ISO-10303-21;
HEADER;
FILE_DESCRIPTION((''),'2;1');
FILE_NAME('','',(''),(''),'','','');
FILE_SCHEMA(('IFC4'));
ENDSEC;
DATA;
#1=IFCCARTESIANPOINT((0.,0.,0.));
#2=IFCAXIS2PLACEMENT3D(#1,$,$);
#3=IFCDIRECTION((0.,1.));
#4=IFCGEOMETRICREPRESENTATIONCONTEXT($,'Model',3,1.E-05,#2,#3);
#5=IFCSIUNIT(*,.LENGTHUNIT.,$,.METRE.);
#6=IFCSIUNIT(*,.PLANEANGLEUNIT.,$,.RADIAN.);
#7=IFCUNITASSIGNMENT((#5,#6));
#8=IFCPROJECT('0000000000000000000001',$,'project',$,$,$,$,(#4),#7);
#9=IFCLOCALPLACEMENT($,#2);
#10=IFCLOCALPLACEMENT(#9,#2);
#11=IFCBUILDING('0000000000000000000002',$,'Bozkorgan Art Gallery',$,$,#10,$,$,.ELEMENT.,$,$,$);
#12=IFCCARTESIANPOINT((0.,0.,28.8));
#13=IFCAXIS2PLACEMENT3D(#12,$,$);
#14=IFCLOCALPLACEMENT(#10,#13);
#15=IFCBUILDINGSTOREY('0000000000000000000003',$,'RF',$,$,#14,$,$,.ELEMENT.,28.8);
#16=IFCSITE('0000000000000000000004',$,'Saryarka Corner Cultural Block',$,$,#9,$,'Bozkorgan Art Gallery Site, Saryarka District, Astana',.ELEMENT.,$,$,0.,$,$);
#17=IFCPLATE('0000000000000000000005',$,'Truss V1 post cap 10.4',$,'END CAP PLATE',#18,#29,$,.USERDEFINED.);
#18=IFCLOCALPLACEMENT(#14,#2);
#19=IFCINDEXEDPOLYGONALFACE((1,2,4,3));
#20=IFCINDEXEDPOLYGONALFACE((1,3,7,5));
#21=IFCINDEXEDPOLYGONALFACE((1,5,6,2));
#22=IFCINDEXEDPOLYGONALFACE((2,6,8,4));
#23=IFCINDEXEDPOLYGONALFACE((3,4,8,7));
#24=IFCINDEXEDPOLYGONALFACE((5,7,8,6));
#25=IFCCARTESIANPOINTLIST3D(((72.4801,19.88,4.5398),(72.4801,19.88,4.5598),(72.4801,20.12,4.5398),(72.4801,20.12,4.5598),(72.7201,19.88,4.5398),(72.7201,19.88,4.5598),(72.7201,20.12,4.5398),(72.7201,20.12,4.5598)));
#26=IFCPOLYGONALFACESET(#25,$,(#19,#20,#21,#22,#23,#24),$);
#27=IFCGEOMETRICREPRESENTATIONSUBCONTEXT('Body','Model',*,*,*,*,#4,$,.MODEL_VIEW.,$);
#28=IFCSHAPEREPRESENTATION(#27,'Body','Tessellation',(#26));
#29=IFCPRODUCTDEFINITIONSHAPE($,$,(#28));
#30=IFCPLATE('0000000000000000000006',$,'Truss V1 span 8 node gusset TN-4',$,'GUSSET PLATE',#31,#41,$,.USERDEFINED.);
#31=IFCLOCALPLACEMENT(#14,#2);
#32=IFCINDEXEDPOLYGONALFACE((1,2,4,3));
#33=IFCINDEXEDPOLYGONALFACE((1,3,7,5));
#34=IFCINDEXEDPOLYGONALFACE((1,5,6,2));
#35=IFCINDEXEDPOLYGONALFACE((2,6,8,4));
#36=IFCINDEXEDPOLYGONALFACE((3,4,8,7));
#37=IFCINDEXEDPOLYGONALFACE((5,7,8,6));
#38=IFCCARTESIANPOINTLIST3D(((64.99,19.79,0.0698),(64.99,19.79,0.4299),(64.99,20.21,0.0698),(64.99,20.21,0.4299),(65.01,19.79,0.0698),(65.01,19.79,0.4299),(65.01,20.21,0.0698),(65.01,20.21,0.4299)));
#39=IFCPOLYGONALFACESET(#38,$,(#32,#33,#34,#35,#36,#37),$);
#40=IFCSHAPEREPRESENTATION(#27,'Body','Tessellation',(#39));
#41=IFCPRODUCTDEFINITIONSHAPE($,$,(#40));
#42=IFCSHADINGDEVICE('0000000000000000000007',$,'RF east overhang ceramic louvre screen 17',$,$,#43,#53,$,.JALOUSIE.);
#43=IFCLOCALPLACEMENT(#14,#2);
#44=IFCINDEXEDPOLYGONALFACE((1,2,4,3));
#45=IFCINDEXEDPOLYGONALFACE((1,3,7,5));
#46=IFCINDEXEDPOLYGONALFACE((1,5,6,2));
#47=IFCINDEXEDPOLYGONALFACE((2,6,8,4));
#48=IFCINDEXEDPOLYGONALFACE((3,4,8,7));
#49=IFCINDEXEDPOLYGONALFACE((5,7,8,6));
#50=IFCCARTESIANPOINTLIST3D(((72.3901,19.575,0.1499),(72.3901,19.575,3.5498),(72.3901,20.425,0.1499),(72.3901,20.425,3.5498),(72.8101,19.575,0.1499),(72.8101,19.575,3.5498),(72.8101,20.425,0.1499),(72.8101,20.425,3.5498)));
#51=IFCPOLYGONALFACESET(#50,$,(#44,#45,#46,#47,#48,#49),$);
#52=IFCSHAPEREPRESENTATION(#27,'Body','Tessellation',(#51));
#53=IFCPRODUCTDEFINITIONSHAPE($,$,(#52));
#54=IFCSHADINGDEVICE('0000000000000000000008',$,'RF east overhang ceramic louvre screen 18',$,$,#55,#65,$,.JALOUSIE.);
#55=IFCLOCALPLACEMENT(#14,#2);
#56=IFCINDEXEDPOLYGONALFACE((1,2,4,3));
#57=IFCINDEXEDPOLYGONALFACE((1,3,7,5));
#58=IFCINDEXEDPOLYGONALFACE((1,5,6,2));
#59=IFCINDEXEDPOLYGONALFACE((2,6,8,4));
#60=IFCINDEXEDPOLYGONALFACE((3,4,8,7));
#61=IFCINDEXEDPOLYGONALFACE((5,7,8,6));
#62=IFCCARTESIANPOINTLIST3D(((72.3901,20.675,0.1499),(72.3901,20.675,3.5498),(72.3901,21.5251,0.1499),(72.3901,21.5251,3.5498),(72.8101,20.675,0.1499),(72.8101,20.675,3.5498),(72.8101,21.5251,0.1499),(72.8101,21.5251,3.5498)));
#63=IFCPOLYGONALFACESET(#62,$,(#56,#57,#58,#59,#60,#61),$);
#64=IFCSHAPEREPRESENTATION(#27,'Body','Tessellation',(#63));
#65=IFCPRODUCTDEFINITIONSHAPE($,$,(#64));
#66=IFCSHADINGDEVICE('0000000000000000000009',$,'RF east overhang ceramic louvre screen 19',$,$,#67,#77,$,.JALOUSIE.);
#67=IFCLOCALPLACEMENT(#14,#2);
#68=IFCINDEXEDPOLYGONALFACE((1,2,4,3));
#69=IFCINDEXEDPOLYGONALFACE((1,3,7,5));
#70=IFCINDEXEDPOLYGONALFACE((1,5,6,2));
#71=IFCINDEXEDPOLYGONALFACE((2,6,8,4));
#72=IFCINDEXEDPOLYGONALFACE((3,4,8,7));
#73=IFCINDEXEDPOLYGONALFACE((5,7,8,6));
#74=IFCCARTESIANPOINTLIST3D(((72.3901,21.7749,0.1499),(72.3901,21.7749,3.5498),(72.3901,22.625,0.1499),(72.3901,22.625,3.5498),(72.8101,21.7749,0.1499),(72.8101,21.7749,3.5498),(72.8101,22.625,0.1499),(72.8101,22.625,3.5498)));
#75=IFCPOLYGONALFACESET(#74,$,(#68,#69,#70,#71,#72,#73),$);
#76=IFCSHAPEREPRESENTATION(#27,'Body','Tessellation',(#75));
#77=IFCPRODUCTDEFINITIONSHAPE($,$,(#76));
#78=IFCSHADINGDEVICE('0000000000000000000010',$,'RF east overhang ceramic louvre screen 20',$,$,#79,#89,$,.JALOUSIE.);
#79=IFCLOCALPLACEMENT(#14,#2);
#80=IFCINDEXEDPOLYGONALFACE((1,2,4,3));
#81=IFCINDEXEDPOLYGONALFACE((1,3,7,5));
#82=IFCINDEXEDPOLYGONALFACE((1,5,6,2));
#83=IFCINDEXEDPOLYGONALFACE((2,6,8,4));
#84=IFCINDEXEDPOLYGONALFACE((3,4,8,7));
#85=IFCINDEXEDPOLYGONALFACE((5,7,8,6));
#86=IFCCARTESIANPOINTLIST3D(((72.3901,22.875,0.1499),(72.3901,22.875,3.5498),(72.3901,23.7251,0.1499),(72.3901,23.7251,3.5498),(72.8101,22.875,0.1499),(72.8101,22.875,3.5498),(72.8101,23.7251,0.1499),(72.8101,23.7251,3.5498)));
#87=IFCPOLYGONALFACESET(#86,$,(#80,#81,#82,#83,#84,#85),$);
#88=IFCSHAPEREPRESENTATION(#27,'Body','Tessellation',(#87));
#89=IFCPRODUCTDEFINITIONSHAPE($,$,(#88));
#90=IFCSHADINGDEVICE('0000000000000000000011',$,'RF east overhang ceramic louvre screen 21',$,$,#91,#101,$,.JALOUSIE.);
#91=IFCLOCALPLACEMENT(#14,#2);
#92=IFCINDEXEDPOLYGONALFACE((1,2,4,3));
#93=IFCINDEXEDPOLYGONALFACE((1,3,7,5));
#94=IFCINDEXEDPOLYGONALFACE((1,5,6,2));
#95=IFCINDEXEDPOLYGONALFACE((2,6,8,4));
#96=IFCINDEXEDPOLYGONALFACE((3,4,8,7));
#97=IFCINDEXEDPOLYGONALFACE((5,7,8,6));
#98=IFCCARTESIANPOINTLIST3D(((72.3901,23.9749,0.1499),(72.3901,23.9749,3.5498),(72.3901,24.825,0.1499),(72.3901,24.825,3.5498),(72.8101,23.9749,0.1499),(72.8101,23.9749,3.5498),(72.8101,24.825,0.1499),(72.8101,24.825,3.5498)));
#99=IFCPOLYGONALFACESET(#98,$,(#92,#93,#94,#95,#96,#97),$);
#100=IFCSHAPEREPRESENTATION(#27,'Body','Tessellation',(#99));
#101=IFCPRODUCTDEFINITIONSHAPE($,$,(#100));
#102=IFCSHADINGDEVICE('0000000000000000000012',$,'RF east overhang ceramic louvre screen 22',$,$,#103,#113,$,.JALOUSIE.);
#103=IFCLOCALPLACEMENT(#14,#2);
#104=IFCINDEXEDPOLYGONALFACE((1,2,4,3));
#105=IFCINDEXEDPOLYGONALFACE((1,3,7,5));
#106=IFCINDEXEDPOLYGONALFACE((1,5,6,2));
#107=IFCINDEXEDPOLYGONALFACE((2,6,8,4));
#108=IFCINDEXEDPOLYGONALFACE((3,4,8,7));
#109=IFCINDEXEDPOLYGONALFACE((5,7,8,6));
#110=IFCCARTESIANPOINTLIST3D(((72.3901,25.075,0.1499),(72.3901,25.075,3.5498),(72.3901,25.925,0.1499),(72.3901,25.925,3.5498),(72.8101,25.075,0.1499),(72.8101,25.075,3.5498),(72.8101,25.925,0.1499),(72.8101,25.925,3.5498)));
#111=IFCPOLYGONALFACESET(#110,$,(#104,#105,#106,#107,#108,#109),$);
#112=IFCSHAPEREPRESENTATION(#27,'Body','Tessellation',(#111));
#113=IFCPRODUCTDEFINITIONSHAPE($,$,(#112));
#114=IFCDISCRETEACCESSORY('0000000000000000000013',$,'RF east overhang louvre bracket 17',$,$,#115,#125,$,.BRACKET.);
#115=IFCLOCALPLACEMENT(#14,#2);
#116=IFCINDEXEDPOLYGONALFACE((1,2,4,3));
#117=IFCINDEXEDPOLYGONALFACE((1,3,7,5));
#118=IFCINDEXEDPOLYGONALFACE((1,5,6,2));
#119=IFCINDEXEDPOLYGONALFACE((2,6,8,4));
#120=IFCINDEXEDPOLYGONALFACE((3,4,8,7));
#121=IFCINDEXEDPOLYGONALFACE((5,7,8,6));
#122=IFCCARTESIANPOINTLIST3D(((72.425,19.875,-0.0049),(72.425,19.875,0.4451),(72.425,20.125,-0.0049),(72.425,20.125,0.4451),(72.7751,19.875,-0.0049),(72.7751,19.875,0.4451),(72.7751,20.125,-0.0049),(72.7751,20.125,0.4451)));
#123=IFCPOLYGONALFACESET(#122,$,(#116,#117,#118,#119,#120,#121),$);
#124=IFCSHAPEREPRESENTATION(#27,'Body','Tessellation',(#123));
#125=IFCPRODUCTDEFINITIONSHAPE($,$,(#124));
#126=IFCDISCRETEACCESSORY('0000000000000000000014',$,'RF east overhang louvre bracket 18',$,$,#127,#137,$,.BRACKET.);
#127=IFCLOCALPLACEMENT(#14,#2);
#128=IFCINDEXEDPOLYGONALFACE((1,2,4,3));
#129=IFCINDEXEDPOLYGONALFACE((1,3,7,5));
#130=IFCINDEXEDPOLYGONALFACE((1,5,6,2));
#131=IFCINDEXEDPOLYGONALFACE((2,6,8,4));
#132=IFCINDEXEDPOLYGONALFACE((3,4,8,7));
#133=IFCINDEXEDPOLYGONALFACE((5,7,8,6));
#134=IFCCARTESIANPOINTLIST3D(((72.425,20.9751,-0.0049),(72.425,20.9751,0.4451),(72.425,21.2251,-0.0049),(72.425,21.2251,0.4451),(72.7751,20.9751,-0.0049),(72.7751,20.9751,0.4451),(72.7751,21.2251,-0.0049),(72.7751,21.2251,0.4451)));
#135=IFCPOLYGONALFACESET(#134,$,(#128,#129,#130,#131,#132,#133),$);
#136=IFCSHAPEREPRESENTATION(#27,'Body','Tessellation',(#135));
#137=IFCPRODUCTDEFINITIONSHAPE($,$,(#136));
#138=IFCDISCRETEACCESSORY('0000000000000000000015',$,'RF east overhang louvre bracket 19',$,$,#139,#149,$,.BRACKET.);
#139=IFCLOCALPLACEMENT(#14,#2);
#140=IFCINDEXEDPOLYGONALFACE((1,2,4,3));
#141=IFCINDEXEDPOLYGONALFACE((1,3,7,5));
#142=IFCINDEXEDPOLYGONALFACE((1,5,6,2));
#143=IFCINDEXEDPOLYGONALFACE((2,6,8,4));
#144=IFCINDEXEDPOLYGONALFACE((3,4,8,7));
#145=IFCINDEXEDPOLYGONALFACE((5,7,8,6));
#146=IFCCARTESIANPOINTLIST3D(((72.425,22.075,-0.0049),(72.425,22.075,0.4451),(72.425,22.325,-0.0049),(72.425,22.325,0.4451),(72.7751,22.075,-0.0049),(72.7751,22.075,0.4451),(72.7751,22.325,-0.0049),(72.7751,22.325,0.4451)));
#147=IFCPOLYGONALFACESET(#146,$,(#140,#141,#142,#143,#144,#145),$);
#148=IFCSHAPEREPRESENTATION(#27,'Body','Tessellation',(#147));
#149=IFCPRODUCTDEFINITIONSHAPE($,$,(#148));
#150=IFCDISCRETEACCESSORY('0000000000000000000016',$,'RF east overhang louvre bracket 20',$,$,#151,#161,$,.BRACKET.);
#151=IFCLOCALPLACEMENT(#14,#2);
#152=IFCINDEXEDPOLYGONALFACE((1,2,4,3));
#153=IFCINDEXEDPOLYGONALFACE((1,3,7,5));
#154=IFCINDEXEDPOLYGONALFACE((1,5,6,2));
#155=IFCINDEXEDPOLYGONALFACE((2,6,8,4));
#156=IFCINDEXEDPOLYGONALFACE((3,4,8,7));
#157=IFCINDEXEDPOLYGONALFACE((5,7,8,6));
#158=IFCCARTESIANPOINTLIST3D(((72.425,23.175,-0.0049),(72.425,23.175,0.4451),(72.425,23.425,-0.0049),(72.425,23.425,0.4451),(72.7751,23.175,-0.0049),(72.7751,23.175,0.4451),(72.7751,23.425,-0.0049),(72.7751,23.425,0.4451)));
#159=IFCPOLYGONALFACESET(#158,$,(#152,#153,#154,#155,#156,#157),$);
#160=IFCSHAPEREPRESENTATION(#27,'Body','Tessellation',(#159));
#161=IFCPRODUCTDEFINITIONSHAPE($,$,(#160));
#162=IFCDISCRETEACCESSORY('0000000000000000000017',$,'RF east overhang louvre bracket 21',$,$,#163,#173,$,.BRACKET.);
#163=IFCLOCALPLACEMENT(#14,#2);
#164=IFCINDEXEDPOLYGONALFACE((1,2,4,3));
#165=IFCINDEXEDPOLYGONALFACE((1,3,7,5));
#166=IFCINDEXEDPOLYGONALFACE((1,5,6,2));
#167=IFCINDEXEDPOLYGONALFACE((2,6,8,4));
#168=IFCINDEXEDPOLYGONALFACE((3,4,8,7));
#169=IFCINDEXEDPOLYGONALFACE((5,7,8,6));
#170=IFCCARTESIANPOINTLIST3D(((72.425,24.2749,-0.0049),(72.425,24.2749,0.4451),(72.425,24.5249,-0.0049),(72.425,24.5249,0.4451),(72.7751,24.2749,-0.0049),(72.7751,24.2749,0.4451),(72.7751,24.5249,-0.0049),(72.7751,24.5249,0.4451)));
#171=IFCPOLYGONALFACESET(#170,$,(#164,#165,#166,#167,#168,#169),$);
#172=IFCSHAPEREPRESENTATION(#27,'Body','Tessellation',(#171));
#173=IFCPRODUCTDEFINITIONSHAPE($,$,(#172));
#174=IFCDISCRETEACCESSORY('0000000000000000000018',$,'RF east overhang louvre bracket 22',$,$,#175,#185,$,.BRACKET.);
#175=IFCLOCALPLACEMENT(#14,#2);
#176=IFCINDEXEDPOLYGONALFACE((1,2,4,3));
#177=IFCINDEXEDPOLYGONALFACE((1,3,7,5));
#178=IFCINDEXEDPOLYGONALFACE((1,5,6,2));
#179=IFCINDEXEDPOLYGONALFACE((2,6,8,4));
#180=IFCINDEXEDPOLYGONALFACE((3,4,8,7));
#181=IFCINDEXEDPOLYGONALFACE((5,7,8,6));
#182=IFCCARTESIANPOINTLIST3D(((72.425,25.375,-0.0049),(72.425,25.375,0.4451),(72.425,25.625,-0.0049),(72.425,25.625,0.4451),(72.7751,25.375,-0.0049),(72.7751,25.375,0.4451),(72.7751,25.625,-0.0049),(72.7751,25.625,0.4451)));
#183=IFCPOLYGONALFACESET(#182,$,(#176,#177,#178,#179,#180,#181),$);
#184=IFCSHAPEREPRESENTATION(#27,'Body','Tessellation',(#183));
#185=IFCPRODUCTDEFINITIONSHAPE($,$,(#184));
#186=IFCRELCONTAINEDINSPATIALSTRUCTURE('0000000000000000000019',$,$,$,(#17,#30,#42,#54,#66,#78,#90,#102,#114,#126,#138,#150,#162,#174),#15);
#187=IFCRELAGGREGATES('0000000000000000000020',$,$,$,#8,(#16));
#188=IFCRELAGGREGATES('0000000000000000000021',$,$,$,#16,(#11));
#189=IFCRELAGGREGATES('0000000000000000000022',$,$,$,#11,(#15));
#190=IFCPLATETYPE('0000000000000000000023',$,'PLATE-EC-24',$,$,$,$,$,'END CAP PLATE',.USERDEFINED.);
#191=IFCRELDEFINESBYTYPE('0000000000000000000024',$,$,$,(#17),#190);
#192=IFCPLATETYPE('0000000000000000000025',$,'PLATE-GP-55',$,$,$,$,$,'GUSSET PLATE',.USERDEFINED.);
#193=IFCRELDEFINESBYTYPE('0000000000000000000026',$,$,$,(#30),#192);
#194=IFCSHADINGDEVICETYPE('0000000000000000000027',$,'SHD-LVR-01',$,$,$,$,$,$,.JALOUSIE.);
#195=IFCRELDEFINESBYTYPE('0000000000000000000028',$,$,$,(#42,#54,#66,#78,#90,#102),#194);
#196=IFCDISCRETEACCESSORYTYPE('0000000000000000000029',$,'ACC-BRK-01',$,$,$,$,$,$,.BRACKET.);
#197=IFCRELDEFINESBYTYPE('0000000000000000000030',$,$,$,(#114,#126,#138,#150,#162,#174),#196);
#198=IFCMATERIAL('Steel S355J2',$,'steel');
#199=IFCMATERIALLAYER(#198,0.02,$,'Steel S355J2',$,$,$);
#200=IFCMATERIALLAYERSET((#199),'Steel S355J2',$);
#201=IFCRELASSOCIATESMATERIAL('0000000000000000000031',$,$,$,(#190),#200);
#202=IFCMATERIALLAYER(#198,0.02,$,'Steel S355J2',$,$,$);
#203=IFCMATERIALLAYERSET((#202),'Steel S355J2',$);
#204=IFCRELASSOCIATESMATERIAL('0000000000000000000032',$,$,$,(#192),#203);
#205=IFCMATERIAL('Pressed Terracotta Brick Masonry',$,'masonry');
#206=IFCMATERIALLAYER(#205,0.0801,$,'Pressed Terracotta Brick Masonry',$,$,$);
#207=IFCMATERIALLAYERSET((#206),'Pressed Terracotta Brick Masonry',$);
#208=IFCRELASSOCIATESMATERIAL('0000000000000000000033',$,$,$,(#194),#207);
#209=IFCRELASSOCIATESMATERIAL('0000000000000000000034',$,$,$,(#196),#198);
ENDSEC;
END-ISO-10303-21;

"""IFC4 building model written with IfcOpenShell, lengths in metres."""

from ifc_helpers import new_model, si_unit, direction, frame, origin, origin_2d, place, context, subcontext, project, spatial, rectangle, extrude, material, layer, layer_set, type_object, element, save


model = new_model("IFC4")

# Units and contexts
model_context = context("Model", 3, precision=1e-05, world=origin(), true_north=direction((0.0, 1.0)))
body_context = subcontext(model_context, "Body", "Model", "MODEL_VIEW")
ifc_project = project(units=[si_unit("LENGTHUNIT", "METRE"), si_unit("PLANEANGLEUNIT", "RADIAN")], contexts=[model_context])

# Site, building, storey
site_placement = place(None, origin())
site = spatial("IfcSite", under=ifc_project, at=site_placement, Name="Saryarka Corner Cultural Block", LongName="Bozkorgan Art Gallery Site, Saryarka District, Astana", CompositionType="ELEMENT", RefElevation=0.0)
building_placement = place(site_placement, origin())
building = spatial("IfcBuilding", under=site, at=building_placement, Name="Bozkorgan Art Gallery", CompositionType="ELEMENT")
storey_placement = place(building_placement, frame((0.0, 0.0, 28.8)))
storey = spatial("IfcBuildingStorey", under=building, at=storey_placement, Name="RF", CompositionType="ELEMENT", Elevation=28.8)

# Shared definitions
ifc_material_1 = material(Name="Steel S355J2", Category="steel")

# Plates
ifc_layer_1 = layer(ifc_material_1, 0.02, Name="Steel S355J2")
ifc_layer_set_1 = layer_set([ifc_layer_1], Name="Steel S355J2")
plate_type_1 = type_object("IfcPlateType", Name="PLATE-EC-24", ElementType="END CAP PLATE", PredefinedType="USERDEFINED", material=ifc_layer_set_1)
for number, where, z_axis, x_axis, name in (
    (1, (72.6001, 20.0, 4.5398), (0.0, 0.0, 1.0), (1.0, 0.0, 0.0), "Truss V1 post cap 10.4"),
):
    element("IfcPlate", number, at=place(storey_placement, frame(where, z_axis=z_axis, x_axis=x_axis)), inside=storey, type_object=plate_type_1, Name=name, ObjectType="END CAP PLATE", PredefinedType="USERDEFINED", context=body_context, shape_type="SweptSolid", body=[
        extrude(rectangle(XDim=0.24, YDim=0.24, at=origin_2d()), origin(), (0.0, 0.0, 1.0), 0.02),
    ])
ifc_layer_2 = layer(ifc_material_1, 0.02, Name="Steel S355J2")
ifc_layer_set_2 = layer_set([ifc_layer_2], Name="Steel S355J2")
plate_type_2 = type_object("IfcPlateType", Name="PLATE-GP-55", ElementType="GUSSET PLATE", PredefinedType="USERDEFINED", material=ifc_layer_set_2)
plate_1_placement = place(storey_placement, frame((65.0, 20.0, 0.0698), z_axis=(0.0, 0.0, 1.0), x_axis=(1.0, 0.0, 0.0)))
element("IfcPlate", 2, at=plate_1_placement, inside=storey, type_object=plate_type_2, Name="Truss V1 span 8 node gusset TN-4", ObjectType="GUSSET PLATE", PredefinedType="USERDEFINED", context=body_context, shape_type="SweptSolid", body=[
    extrude(rectangle(XDim=0.02, YDim=0.4199, at=origin_2d()), origin(), (0.0, 0.0, 1.0), 0.3601),
])

# Shading devices
ifc_material_2 = material(Name="Pressed Terracotta Brick Masonry", Category="masonry")
ifc_layer_3 = layer(ifc_material_2, 0.0801, Name="Pressed Terracotta Brick Masonry")
ifc_layer_set_3 = layer_set([ifc_layer_3], Name="Pressed Terracotta Brick Masonry")
shading_device_type = type_object("IfcShadingDeviceType", Name="SHD-LVR-01", PredefinedType="JALOUSIE", material=ifc_layer_set_3)
for number, where, z_axis, x_axis, name in (
    (3, (72.6001, 20.0, 0.1499), (0.0, 0.0, 1.0), (1.0, 0.0, 0.0), "RF east overhang ceramic louvre screen 17"),
    (4, (72.6001, 21.1001, 0.1499), (0.0, 0.0, 1.0), (1.0, 0.0, 0.0), "RF east overhang ceramic louvre screen 18"),
    (5, (72.6001, 22.2, 0.1499), (0.0, 0.0, 1.0), (1.0, 0.0, 0.0), "RF east overhang ceramic louvre screen 19"),
    (6, (72.6001, 23.3, 0.1499), (0.0, 0.0, 1.0), (1.0, 0.0, 0.0), "RF east overhang ceramic louvre screen 20"),
    (7, (72.6001, 24.3999, 0.1499), (0.0, 0.0, 1.0), (1.0, 0.0, 0.0), "RF east overhang ceramic louvre screen 21"),
    (8, (72.6001, 25.5, 0.1499), (0.0, 0.0, 1.0), (1.0, 0.0, 0.0), "RF east overhang ceramic louvre screen 22"),
):
    element("IfcShadingDevice", number, at=place(storey_placement, frame(where, z_axis=z_axis, x_axis=x_axis)), inside=storey, type_object=shading_device_type, Name=name, PredefinedType="JALOUSIE", context=body_context, shape_type="SweptSolid", body=[
        extrude(rectangle(XDim=0.4199, YDim=0.8501, at=origin_2d()), origin(), (0.0, 0.0, 1.0), 3.3999),
    ])

# Discrete accessories
discrete_accessory_type = type_object("IfcDiscreteAccessoryType", Name="ACC-BRK-01", PredefinedType="BRACKET", material=ifc_material_1)
for number, where, z_axis, x_axis, name in (
    (9, (72.6001, 20.0, -0.0049), (0.0, 0.0, 1.0), (1.0, 0.0, 0.0), "RF east overhang louvre bracket 17"),
    (10, (72.6001, 21.1001, -0.0049), (0.0, 0.0, 1.0), (1.0, 0.0, 0.0), "RF east overhang louvre bracket 18"),
    (11, (72.6001, 22.2, -0.0049), (0.0, 0.0, 1.0), (1.0, 0.0, 0.0), "RF east overhang louvre bracket 19"),
    (12, (72.6001, 23.3, -0.0049), (0.0, 0.0, 1.0), (1.0, 0.0, 0.0), "RF east overhang louvre bracket 20"),
    (13, (72.6001, 24.3999, -0.0049), (0.0, 0.0, 1.0), (1.0, 0.0, 0.0), "RF east overhang louvre bracket 21"),
    (14, (72.6001, 25.5, -0.0049), (0.0, 0.0, 1.0), (1.0, 0.0, 0.0), "RF east overhang louvre bracket 22"),
):
    element("IfcDiscreteAccessory", number, at=place(storey_placement, frame(where, z_axis=z_axis, x_axis=x_axis)), inside=storey, type_object=discrete_accessory_type, Name=name, PredefinedType="BRACKET", context=body_context, shape_type="SweptSolid", body=[
        extrude(rectangle(XDim=0.3501, YDim=0.25, at=origin_2d()), origin(), (0.0, 0.0, 1.0), 0.45),
    ])

save(model, "model.ifc")
